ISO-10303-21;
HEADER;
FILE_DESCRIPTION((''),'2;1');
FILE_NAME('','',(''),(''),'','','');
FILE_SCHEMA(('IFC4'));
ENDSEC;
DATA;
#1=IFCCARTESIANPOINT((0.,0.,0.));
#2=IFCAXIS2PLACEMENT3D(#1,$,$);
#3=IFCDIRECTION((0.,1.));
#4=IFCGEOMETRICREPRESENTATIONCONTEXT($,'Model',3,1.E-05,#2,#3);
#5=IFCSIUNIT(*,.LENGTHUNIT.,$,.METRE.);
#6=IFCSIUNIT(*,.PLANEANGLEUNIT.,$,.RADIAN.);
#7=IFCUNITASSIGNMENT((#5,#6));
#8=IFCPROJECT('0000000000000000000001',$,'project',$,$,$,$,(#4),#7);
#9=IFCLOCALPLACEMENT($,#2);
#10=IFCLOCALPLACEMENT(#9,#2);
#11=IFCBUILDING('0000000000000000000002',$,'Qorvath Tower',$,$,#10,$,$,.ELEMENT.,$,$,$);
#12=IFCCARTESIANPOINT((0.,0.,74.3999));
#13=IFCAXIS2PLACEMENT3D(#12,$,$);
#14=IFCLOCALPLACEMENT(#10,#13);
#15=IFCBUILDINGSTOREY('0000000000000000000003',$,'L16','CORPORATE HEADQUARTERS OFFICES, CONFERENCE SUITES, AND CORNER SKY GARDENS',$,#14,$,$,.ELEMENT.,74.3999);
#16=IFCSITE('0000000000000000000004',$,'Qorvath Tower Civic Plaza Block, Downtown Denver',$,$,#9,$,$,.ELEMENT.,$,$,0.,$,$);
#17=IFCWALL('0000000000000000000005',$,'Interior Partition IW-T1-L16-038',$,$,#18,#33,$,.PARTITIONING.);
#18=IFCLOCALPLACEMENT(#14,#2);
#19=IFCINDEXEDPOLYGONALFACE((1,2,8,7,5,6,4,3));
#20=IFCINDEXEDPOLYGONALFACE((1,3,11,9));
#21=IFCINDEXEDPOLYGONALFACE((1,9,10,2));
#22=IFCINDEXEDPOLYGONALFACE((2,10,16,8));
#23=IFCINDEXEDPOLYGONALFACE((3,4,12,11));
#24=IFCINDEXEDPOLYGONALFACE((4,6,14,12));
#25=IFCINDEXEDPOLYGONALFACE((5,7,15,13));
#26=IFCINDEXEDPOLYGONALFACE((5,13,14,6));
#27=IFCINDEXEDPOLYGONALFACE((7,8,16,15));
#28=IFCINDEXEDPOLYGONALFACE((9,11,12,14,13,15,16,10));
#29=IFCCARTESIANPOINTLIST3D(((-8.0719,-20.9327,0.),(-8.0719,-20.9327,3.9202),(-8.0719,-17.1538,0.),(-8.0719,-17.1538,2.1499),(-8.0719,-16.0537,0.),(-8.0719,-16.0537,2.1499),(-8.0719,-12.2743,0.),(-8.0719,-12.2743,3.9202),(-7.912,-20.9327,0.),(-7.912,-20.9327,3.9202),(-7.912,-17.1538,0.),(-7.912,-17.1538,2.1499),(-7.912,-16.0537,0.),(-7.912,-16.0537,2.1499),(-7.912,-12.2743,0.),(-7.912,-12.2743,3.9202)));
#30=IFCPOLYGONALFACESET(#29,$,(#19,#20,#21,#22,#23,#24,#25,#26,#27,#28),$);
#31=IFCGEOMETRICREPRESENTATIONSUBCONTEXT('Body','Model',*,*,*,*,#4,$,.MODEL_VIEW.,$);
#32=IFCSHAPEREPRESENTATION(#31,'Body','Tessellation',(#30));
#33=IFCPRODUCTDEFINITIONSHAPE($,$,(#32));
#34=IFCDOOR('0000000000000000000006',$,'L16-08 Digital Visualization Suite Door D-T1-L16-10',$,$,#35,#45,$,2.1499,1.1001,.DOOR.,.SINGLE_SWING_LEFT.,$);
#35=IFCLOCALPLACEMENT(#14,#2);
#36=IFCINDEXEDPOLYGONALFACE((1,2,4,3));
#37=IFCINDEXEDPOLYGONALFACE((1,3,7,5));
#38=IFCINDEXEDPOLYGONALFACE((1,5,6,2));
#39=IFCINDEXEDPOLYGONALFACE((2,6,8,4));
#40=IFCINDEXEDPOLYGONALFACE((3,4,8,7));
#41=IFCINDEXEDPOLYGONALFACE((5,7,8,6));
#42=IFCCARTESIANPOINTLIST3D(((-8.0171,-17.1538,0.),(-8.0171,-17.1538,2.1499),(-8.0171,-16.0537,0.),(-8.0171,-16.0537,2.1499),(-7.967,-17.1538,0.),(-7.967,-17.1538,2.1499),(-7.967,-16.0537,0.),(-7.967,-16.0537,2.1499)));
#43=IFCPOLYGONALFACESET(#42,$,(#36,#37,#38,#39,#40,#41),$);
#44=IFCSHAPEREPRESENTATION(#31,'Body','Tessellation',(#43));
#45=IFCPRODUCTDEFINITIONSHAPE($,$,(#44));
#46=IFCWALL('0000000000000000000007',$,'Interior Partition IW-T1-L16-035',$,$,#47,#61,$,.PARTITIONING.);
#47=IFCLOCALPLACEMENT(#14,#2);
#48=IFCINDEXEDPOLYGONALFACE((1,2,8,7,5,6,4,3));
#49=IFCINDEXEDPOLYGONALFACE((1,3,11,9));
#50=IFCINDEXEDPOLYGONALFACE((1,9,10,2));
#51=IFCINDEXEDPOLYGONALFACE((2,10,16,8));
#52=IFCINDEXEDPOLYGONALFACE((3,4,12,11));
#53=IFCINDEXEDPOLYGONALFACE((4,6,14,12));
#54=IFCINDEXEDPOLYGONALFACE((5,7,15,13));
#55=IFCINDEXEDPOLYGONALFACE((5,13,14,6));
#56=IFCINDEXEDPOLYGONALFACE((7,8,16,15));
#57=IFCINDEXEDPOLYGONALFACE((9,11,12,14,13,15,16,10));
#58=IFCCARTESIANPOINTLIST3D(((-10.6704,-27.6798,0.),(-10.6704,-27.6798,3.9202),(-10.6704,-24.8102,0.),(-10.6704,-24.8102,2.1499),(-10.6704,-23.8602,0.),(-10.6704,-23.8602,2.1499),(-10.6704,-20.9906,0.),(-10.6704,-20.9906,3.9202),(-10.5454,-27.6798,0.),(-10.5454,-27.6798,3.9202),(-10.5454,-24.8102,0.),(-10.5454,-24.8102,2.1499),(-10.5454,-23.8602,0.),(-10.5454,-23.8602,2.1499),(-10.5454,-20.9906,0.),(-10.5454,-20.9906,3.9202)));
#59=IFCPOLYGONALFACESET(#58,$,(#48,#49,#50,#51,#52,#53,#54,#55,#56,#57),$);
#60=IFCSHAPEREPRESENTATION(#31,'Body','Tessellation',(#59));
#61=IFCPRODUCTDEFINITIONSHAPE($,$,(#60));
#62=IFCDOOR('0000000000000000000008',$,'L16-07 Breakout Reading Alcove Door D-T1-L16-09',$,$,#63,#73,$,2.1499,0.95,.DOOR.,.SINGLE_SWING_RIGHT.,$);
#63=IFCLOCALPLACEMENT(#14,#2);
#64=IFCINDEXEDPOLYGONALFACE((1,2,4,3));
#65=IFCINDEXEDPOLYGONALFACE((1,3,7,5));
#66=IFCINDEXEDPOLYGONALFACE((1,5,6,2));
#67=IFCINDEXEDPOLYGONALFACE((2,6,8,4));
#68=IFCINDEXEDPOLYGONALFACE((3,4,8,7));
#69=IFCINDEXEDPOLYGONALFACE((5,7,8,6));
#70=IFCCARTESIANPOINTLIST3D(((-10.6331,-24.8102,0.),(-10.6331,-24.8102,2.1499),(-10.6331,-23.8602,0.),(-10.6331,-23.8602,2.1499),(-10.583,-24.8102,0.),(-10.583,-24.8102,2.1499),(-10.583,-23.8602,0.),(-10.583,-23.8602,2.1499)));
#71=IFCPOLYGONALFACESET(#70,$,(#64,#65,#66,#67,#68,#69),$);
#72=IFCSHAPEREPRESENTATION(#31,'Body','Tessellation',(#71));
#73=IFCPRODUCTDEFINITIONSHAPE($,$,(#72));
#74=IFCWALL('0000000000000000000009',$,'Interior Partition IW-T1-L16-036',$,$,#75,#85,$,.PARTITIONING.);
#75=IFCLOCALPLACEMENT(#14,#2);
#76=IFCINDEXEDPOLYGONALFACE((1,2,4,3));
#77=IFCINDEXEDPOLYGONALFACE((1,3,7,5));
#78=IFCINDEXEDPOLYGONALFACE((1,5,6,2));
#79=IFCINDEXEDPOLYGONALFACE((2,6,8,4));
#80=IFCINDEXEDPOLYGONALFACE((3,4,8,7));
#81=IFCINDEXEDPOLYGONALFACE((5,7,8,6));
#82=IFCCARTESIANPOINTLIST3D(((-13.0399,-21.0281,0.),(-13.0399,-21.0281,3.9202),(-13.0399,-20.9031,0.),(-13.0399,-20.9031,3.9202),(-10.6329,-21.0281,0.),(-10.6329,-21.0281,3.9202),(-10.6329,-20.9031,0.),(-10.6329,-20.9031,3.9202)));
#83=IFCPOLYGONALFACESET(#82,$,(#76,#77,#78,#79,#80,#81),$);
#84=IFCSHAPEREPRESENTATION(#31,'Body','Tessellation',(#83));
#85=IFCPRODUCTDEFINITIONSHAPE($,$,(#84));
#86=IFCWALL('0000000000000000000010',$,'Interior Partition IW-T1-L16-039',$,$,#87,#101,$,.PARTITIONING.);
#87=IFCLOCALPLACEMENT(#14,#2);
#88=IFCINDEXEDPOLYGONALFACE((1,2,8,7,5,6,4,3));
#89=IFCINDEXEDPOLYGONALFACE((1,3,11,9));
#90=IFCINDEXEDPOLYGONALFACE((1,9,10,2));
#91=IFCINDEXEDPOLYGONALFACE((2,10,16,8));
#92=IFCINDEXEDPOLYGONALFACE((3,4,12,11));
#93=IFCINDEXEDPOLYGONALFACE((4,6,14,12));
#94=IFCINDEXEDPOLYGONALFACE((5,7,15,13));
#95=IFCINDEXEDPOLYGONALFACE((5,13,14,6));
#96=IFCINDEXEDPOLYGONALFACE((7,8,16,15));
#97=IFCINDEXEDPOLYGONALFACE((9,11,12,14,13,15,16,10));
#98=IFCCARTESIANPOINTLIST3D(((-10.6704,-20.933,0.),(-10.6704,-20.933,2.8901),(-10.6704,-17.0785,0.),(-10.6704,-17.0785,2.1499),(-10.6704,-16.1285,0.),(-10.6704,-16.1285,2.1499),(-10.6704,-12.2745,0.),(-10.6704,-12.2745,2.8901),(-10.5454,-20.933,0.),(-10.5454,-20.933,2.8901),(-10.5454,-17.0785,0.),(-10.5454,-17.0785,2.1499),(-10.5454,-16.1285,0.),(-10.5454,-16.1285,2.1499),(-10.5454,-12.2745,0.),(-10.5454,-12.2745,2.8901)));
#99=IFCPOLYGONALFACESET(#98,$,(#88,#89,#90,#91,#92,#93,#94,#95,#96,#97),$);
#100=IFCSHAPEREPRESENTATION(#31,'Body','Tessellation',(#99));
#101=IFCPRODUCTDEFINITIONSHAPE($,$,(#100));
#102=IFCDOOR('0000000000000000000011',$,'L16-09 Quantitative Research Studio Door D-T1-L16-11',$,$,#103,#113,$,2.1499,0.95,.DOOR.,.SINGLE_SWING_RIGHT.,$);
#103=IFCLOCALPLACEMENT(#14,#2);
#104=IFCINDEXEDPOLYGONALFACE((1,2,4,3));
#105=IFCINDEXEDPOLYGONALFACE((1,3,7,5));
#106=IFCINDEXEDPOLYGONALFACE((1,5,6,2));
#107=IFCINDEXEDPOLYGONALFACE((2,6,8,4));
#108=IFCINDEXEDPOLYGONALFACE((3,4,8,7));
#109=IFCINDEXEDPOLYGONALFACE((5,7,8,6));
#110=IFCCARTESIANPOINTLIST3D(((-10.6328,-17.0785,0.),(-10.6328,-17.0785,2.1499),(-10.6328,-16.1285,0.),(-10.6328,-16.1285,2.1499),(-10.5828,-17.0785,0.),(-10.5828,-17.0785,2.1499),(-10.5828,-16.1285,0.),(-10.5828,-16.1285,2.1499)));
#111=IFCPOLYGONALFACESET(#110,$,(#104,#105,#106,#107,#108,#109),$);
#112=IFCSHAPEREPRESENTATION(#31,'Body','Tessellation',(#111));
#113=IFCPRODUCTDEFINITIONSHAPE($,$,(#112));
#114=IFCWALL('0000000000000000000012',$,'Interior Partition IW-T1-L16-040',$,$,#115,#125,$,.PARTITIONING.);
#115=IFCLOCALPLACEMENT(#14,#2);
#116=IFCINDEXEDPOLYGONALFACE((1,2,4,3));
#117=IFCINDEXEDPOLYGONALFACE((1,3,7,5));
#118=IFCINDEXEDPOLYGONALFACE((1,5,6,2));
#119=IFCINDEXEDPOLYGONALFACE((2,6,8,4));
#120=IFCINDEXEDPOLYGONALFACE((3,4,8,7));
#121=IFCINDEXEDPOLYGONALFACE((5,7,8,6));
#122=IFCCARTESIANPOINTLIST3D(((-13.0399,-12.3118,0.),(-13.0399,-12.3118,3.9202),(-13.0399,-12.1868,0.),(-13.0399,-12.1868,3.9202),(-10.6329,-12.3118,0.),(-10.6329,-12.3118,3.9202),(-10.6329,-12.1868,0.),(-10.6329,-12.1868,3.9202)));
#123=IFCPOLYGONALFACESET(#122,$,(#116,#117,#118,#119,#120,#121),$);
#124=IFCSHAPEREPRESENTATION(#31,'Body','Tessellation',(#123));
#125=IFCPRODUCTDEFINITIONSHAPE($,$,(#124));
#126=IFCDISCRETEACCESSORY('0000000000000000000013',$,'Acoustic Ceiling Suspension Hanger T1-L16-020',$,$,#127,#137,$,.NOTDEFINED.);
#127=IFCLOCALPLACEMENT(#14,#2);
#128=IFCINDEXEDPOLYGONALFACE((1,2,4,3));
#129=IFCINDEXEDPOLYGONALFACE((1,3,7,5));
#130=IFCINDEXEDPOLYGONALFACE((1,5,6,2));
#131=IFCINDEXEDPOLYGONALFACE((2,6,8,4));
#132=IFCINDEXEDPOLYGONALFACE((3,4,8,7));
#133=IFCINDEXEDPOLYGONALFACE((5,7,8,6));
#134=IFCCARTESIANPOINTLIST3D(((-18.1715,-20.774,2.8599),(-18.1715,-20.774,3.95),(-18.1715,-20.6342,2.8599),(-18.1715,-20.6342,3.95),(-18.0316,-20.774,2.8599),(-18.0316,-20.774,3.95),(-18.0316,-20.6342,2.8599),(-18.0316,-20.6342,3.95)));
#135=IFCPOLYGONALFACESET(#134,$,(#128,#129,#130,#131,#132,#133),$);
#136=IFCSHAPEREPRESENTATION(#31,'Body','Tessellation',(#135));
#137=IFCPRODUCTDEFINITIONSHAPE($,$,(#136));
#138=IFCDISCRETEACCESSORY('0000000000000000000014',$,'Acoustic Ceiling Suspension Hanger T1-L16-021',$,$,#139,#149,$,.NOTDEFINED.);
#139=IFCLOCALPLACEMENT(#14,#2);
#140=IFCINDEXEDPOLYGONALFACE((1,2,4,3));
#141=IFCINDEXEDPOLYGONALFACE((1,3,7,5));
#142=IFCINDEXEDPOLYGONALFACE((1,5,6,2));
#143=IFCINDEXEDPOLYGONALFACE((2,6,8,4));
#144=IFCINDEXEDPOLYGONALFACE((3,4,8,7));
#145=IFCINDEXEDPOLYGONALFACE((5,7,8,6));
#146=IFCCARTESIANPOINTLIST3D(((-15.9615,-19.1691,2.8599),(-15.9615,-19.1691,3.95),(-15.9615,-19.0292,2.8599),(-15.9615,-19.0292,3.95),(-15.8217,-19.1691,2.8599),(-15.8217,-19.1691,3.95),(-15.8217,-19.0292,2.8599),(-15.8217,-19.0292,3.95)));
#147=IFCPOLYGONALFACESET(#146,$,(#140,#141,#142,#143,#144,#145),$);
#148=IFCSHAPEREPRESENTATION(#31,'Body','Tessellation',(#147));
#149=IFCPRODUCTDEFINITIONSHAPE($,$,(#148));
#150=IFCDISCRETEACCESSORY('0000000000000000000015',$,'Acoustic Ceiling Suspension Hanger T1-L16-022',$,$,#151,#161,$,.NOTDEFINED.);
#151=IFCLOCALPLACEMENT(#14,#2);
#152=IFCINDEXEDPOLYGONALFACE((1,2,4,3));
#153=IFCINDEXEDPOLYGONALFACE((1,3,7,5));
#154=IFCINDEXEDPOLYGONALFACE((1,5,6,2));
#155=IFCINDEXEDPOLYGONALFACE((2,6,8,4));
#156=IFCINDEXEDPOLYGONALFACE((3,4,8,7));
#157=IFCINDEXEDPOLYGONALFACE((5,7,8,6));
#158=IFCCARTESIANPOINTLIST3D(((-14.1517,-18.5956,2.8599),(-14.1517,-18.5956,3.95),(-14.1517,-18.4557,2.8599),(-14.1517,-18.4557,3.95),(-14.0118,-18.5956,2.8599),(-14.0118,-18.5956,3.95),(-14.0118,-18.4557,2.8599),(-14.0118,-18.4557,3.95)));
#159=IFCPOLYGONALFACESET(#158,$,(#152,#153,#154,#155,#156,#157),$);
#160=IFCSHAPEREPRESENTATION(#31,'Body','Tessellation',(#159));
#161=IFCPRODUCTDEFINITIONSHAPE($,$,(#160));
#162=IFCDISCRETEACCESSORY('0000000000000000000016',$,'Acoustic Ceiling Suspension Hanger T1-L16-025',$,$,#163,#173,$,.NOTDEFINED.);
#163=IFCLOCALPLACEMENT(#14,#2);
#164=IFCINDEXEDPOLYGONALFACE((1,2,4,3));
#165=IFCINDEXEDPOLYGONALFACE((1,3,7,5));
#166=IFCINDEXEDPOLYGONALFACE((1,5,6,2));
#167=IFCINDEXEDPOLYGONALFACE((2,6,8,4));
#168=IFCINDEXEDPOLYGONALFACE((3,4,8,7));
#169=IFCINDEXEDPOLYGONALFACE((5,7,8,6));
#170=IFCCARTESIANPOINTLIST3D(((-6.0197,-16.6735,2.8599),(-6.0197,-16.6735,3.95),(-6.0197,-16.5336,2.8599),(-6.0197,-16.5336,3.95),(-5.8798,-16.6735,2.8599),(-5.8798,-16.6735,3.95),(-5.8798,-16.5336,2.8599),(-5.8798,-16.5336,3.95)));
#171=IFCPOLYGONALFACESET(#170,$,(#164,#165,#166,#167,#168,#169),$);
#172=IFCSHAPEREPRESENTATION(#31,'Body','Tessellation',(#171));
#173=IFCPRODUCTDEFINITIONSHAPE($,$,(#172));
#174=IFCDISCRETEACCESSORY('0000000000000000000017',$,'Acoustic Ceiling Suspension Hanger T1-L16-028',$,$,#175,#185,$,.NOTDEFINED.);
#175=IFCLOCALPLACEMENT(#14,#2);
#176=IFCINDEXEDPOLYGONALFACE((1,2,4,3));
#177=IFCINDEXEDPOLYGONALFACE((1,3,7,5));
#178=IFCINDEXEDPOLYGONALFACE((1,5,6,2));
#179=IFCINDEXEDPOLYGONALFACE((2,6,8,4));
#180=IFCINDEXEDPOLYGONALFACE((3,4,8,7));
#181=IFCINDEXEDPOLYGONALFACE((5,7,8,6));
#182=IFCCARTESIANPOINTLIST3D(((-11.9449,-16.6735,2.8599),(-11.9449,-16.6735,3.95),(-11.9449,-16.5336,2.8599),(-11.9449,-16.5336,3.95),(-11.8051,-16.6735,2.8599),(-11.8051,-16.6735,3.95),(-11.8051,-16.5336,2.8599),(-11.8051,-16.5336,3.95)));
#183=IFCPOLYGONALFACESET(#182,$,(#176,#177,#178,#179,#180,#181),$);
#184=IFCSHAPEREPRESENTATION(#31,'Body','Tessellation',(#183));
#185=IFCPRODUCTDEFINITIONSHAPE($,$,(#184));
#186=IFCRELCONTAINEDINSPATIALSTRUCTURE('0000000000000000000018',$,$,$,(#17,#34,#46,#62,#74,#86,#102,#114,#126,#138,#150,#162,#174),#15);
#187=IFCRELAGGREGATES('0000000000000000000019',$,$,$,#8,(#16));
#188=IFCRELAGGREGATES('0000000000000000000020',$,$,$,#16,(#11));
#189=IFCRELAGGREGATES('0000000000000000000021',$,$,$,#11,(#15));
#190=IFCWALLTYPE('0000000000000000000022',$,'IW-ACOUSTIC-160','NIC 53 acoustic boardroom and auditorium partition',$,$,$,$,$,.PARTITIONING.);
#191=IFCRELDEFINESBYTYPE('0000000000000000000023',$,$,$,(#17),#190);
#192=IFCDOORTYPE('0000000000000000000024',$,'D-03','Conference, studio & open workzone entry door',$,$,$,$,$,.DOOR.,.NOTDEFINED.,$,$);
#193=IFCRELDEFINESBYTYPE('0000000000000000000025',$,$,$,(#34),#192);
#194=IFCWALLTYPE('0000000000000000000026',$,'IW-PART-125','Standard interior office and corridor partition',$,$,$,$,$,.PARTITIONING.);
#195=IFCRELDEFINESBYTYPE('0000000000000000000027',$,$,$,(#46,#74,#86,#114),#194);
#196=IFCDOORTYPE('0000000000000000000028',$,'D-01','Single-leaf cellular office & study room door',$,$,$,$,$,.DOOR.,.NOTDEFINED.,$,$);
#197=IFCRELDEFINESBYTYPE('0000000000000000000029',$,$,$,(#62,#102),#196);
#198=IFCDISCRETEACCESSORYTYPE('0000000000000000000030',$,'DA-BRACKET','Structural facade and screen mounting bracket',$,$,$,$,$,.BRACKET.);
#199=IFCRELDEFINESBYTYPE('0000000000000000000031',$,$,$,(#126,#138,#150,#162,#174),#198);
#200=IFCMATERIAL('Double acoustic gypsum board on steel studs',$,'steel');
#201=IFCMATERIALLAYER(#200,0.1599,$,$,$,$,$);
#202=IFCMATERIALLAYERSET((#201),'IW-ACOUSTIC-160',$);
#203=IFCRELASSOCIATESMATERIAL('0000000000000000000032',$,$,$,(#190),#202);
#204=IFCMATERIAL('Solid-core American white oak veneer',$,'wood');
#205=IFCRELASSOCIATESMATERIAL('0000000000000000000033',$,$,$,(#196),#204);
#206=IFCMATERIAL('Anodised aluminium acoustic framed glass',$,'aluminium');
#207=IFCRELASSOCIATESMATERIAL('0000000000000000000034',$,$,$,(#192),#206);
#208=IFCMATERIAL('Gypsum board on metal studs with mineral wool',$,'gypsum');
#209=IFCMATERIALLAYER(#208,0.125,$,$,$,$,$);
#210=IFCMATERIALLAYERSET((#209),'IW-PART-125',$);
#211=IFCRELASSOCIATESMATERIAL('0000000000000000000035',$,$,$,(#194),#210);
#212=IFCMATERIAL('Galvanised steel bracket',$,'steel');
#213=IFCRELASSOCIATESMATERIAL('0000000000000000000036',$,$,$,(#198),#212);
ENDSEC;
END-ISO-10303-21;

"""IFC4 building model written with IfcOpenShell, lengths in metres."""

from ifc_helpers import new_model, si_unit, direction, frame, frame_2d, origin, origin_2d, place, context, subcontext, project, spatial, rectangle, extrude, material, layer, layer_set, type_object, element, fill, save


model = new_model("IFC4")

# Units and contexts
model_context = context("Model", 3, precision=1e-05, world=origin(), true_north=direction((0.0, 1.0)))
body_context = subcontext(model_context, "Body", "Model", "MODEL_VIEW")
ifc_project = project(units=[si_unit("LENGTHUNIT", "METRE"), si_unit("PLANEANGLEUNIT", "RADIAN")], contexts=[model_context])

# Site, building, storey
site_placement = place(None, origin())
site = spatial("IfcSite", under=ifc_project, at=site_placement, Name="Qorvath Tower Civic Plaza Block, Downtown Denver", CompositionType="ELEMENT", RefElevation=0.0)
building_placement = place(site_placement, origin())
building = spatial("IfcBuilding", under=site, at=building_placement, Name="Qorvath Tower", CompositionType="ELEMENT")
storey_placement = place(building_placement, frame((0.0, 0.0, 74.3999)))
storey = spatial("IfcBuildingStorey", under=building, at=storey_placement, Name="L16", Description="CORPORATE HEADQUARTERS OFFICES, CONFERENCE SUITES, AND CORNER SKY GARDENS", CompositionType="ELEMENT", Elevation=74.3999)

# Walls, openings, doors
ifc_material_1 = material(Name="Double acoustic gypsum board on steel studs", Category="steel")
ifc_layer_1 = layer(ifc_material_1, 0.1599)
ifc_layer_set_1 = layer_set([ifc_layer_1], Name="IW-ACOUSTIC-160")
wall_type_1 = type_object("IfcWallType", Name="IW-ACOUSTIC-160", Description="NIC 53 acoustic boardroom and auditorium partition", PredefinedType="PARTITIONING", material=ifc_layer_set_1)
ifc_material_2 = material(Name="Solid-core American white oak veneer", Category="wood")
door_type_1 = type_object("IfcDoorType", Name="D-01", Description="Single-leaf cellular office & study room door", OperationType="NOTDEFINED", PredefinedType="DOOR", material=ifc_material_2)
wall_1_placement = place(storey_placement, frame((-7.9919, -12.2744, 0.0), z_axis=(0.0, 0.0, 1.0), x_axis=(0.0, -1.0, 0.0)))
wall_1 = element("IfcWall", 1, at=wall_1_placement, inside=storey, type_object=wall_type_1, Name="Interior Partition IW-T1-L16-038", PredefinedType="PARTITIONING", context=body_context, shape_type="SweptSolid", body=[
    extrude(rectangle(XDim=8.6584, YDim=0.1599, at=frame_2d((4.3291, 0.0))), origin(), (0.0, 0.0, 1.0), 3.9202),
])
opening_1_placement = place(wall_1_placement, frame((3.7793, 0.0, 0.0)))
opening_1 = element("IfcOpeningElement", 2, at=opening_1_placement, cuts=wall_1, PredefinedType="OPENING", context=body_context, shape_type="SweptSolid", body=[
    extrude(rectangle(XDim=1.1001, YDim=2.1499, at=frame_2d((0.55, 1.075))), frame((0.0, 0.0898, 0.0), z_axis=(0.0, -1.0, 0.0), x_axis=(1.0, 0.0, 0.0)), (0.0, 0.0, 1.0), 0.1799),
])
ifc_material_3 = material(Name="Anodised aluminium acoustic framed glass", Category="aluminium")
door_type_2 = type_object("IfcDoorType", Name="D-03", Description="Conference, studio & open workzone entry door", OperationType="NOTDEFINED", PredefinedType="DOOR", material=ifc_material_3)
door_1_placement = place(opening_1_placement, origin())
door_1 = element("IfcDoor", 3, at=door_1_placement, inside=storey, type_object=door_type_2, Name="L16-08 Digital Visualization Suite Door D-T1-L16-10", OperationType="SINGLE_SWING_LEFT", OverallHeight=2.1499, OverallWidth=1.1001, PredefinedType="DOOR", context=body_context, shape_type="SweptSolid", body=[
    extrude(rectangle(XDim=1.1001, YDim=2.1499, at=frame_2d((0.55, 1.075))), frame((0.0, 0.0249, 0.0), z_axis=(0.0, -1.0, 0.0), x_axis=(1.0, 0.0, 0.0)), (0.0, 0.0, 1.0), 0.05),
])
fill(opening_1, door_1)
ifc_material_4 = material(Name="Gypsum board on metal studs with mineral wool", Category="gypsum")
ifc_layer_2 = layer(ifc_material_4, 0.125)
ifc_layer_set_2 = layer_set([ifc_layer_2], Name="IW-PART-125")
wall_type_2 = type_object("IfcWallType", Name="IW-PART-125", Description="Standard interior office and corridor partition", PredefinedType="PARTITIONING", material=ifc_layer_set_2)
wall_2_placement = place(storey_placement, frame((-10.6079, -20.9905, 0.0), z_axis=(0.0, 0.0, 1.0), x_axis=(0.0, -1.0, 0.0)))
wall_2 = element("IfcWall", 4, at=wall_2_placement, inside=storey, type_object=wall_type_2, Name="Interior Partition IW-T1-L16-035", PredefinedType="PARTITIONING", context=body_context, shape_type="SweptSolid", body=[
    extrude(rectangle(XDim=6.6892, YDim=0.125, at=frame_2d((3.3447, 0.0))), origin(), (0.0, 0.0, 1.0), 3.9202),
])
opening_2_placement = place(wall_2_placement, frame((2.8696, 0.0, 0.0)))
opening_2 = element("IfcOpeningElement", 5, at=opening_2_placement, cuts=wall_2, PredefinedType="OPENING", context=body_context, shape_type="SweptSolid", body=[
    extrude(rectangle(XDim=0.95, YDim=2.1499, at=frame_2d((0.4751, 1.075))), frame((0.0, 0.0725, 0.0), z_axis=(0.0, -1.0, 0.0), x_axis=(1.0, 0.0, 0.0)), (0.0, 0.0, 1.0), 0.145),
])
door_2_placement = place(opening_2_placement, origin())
door_2 = element("IfcDoor", 6, at=door_2_placement, inside=storey, type_object=door_type_1, Name="L16-07 Breakout Reading Alcove Door D-T1-L16-09", OperationType="SINGLE_SWING_RIGHT", OverallHeight=2.1499, OverallWidth=0.95, PredefinedType="DOOR", context=body_context, shape_type="SweptSolid", body=[
    extrude(rectangle(XDim=0.95, YDim=2.1499, at=frame_2d((0.4751, 1.075))), frame((0.0, 0.0249, 0.0), z_axis=(0.0, -1.0, 0.0), x_axis=(1.0, 0.0, 0.0)), (0.0, 0.0, 1.0), 0.05),
])
fill(opening_2, door_2)

# Wall
wall_3_placement = place(storey_placement, frame((-10.6328, -20.9656, 0.0), z_axis=(0.0, 0.0, 1.0), x_axis=(-1.0, 0.0, 0.0)))
element("IfcWall", 7, at=wall_3_placement, inside=storey, type_object=wall_type_2, Name="Interior Partition IW-T1-L16-036", PredefinedType="PARTITIONING", context=body_context, shape_type="SweptSolid", body=[
    extrude(rectangle(XDim=2.407, YDim=0.125, at=frame_2d((1.2036, 0.0))), origin(), (0.0, 0.0, 1.0), 3.9202),
])

# Wall, opening, door
wall_4_placement = place(storey_placement, frame((-10.6079, -20.9329, 0.0), z_axis=(0.0, 0.0, 1.0), x_axis=(0.0, 1.0, 0.0)))
wall_4 = element("IfcWall", 8, at=wall_4_placement, inside=storey, type_object=wall_type_2, Name="Interior Partition IW-T1-L16-039", PredefinedType="PARTITIONING", context=body_context, shape_type="SweptSolid", body=[
    extrude(rectangle(XDim=8.6584, YDim=0.125, at=frame_2d((4.3291, 0.0))), origin(), (0.0, 0.0, 1.0), 2.8901),
])
opening_3_placement = place(wall_4_placement, frame((3.8542, 0.0, 0.0)))
opening_3 = element("IfcOpeningElement", 9, at=opening_3_placement, cuts=wall_4, PredefinedType="OPENING", context=body_context, shape_type="SweptSolid", body=[
    extrude(rectangle(XDim=0.95, YDim=2.1499, at=frame_2d((0.4751, 1.075))), frame((0.0, 0.0725, 0.0), z_axis=(0.0, -1.0, 0.0), x_axis=(1.0, 0.0, 0.0)), (0.0, 0.0, 1.0), 0.145),
])
door_3_placement = place(opening_3_placement, origin())
door_3 = element("IfcDoor", 10, at=door_3_placement, inside=storey, type_object=door_type_1, Name="L16-09 Quantitative Research Studio Door D-T1-L16-11", OperationType="SINGLE_SWING_RIGHT", OverallHeight=2.1499, OverallWidth=0.95, PredefinedType="DOOR", context=body_context, shape_type="SweptSolid", body=[
    extrude(rectangle(XDim=0.95, YDim=2.1499, at=frame_2d((0.4751, 1.075))), frame((0.0, 0.0249, 0.0), z_axis=(0.0, -1.0, 0.0), x_axis=(1.0, 0.0, 0.0)), (0.0, 0.0, 1.0), 0.05),
])
fill(opening_3, door_3)

# Wall
wall_5_placement = place(storey_placement, frame((-10.6328, -12.2493, 0.0), z_axis=(0.0, 0.0, 1.0), x_axis=(-1.0, 0.0, 0.0)))
element("IfcWall", 11, at=wall_5_placement, inside=storey, type_object=wall_type_2, Name="Interior Partition IW-T1-L16-040", PredefinedType="PARTITIONING", context=body_context, shape_type="SweptSolid", body=[
    extrude(rectangle(XDim=2.407, YDim=0.125, at=frame_2d((1.2036, 0.0))), origin(), (0.0, 0.0, 1.0), 3.9202),
])

# Discrete accessories
ifc_material_5 = material(Name="Galvanised steel bracket", Category="steel")
discrete_accessory_type = type_object("IfcDiscreteAccessoryType", Name="DA-BRACKET", Description="Structural facade and screen mounting bracket", PredefinedType="BRACKET", material=ifc_material_5)
for number, where, z_axis, x_axis, name in (
    (12, (-18.1016, -20.7041, 2.8599), (0.0, 0.0, 1.0), (1.0, 0.0, 0.0), "Acoustic Ceiling Suspension Hanger T1-L16-020"),
    (13, (-15.8916, -19.0991, 2.8599), (0.0, 0.0, 1.0), (1.0, 0.0, 0.0), "Acoustic Ceiling Suspension Hanger T1-L16-021"),
    (14, (-14.0818, -18.5256, 2.8599), (0.0, 0.0, 1.0), (1.0, 0.0, 0.0), "Acoustic Ceiling Suspension Hanger T1-L16-022"),
    (15, (-5.9497, -16.6035, 2.8599), (0.0, 0.0, 1.0), (1.0, 0.0, 0.0), "Acoustic Ceiling Suspension Hanger T1-L16-025"),
    (16, (-11.875, -16.6035, 2.8599), (0.0, 0.0, 1.0), (1.0, 0.0, 0.0), "Acoustic Ceiling Suspension Hanger T1-L16-028"),
):
    element("IfcDiscreteAccessory", number, at=place(storey_placement, frame(where, z_axis=z_axis, x_axis=x_axis)), inside=storey, type_object=discrete_accessory_type, Name=name, PredefinedType="NOTDEFINED", context=body_context, shape_type="SweptSolid", body=[
        extrude(rectangle(XDim=0.1399, YDim=0.1399, at=origin_2d()), origin(), (0.0, 0.0, 1.0), 1.0901),
    ])

save(model, "model.ifc")
